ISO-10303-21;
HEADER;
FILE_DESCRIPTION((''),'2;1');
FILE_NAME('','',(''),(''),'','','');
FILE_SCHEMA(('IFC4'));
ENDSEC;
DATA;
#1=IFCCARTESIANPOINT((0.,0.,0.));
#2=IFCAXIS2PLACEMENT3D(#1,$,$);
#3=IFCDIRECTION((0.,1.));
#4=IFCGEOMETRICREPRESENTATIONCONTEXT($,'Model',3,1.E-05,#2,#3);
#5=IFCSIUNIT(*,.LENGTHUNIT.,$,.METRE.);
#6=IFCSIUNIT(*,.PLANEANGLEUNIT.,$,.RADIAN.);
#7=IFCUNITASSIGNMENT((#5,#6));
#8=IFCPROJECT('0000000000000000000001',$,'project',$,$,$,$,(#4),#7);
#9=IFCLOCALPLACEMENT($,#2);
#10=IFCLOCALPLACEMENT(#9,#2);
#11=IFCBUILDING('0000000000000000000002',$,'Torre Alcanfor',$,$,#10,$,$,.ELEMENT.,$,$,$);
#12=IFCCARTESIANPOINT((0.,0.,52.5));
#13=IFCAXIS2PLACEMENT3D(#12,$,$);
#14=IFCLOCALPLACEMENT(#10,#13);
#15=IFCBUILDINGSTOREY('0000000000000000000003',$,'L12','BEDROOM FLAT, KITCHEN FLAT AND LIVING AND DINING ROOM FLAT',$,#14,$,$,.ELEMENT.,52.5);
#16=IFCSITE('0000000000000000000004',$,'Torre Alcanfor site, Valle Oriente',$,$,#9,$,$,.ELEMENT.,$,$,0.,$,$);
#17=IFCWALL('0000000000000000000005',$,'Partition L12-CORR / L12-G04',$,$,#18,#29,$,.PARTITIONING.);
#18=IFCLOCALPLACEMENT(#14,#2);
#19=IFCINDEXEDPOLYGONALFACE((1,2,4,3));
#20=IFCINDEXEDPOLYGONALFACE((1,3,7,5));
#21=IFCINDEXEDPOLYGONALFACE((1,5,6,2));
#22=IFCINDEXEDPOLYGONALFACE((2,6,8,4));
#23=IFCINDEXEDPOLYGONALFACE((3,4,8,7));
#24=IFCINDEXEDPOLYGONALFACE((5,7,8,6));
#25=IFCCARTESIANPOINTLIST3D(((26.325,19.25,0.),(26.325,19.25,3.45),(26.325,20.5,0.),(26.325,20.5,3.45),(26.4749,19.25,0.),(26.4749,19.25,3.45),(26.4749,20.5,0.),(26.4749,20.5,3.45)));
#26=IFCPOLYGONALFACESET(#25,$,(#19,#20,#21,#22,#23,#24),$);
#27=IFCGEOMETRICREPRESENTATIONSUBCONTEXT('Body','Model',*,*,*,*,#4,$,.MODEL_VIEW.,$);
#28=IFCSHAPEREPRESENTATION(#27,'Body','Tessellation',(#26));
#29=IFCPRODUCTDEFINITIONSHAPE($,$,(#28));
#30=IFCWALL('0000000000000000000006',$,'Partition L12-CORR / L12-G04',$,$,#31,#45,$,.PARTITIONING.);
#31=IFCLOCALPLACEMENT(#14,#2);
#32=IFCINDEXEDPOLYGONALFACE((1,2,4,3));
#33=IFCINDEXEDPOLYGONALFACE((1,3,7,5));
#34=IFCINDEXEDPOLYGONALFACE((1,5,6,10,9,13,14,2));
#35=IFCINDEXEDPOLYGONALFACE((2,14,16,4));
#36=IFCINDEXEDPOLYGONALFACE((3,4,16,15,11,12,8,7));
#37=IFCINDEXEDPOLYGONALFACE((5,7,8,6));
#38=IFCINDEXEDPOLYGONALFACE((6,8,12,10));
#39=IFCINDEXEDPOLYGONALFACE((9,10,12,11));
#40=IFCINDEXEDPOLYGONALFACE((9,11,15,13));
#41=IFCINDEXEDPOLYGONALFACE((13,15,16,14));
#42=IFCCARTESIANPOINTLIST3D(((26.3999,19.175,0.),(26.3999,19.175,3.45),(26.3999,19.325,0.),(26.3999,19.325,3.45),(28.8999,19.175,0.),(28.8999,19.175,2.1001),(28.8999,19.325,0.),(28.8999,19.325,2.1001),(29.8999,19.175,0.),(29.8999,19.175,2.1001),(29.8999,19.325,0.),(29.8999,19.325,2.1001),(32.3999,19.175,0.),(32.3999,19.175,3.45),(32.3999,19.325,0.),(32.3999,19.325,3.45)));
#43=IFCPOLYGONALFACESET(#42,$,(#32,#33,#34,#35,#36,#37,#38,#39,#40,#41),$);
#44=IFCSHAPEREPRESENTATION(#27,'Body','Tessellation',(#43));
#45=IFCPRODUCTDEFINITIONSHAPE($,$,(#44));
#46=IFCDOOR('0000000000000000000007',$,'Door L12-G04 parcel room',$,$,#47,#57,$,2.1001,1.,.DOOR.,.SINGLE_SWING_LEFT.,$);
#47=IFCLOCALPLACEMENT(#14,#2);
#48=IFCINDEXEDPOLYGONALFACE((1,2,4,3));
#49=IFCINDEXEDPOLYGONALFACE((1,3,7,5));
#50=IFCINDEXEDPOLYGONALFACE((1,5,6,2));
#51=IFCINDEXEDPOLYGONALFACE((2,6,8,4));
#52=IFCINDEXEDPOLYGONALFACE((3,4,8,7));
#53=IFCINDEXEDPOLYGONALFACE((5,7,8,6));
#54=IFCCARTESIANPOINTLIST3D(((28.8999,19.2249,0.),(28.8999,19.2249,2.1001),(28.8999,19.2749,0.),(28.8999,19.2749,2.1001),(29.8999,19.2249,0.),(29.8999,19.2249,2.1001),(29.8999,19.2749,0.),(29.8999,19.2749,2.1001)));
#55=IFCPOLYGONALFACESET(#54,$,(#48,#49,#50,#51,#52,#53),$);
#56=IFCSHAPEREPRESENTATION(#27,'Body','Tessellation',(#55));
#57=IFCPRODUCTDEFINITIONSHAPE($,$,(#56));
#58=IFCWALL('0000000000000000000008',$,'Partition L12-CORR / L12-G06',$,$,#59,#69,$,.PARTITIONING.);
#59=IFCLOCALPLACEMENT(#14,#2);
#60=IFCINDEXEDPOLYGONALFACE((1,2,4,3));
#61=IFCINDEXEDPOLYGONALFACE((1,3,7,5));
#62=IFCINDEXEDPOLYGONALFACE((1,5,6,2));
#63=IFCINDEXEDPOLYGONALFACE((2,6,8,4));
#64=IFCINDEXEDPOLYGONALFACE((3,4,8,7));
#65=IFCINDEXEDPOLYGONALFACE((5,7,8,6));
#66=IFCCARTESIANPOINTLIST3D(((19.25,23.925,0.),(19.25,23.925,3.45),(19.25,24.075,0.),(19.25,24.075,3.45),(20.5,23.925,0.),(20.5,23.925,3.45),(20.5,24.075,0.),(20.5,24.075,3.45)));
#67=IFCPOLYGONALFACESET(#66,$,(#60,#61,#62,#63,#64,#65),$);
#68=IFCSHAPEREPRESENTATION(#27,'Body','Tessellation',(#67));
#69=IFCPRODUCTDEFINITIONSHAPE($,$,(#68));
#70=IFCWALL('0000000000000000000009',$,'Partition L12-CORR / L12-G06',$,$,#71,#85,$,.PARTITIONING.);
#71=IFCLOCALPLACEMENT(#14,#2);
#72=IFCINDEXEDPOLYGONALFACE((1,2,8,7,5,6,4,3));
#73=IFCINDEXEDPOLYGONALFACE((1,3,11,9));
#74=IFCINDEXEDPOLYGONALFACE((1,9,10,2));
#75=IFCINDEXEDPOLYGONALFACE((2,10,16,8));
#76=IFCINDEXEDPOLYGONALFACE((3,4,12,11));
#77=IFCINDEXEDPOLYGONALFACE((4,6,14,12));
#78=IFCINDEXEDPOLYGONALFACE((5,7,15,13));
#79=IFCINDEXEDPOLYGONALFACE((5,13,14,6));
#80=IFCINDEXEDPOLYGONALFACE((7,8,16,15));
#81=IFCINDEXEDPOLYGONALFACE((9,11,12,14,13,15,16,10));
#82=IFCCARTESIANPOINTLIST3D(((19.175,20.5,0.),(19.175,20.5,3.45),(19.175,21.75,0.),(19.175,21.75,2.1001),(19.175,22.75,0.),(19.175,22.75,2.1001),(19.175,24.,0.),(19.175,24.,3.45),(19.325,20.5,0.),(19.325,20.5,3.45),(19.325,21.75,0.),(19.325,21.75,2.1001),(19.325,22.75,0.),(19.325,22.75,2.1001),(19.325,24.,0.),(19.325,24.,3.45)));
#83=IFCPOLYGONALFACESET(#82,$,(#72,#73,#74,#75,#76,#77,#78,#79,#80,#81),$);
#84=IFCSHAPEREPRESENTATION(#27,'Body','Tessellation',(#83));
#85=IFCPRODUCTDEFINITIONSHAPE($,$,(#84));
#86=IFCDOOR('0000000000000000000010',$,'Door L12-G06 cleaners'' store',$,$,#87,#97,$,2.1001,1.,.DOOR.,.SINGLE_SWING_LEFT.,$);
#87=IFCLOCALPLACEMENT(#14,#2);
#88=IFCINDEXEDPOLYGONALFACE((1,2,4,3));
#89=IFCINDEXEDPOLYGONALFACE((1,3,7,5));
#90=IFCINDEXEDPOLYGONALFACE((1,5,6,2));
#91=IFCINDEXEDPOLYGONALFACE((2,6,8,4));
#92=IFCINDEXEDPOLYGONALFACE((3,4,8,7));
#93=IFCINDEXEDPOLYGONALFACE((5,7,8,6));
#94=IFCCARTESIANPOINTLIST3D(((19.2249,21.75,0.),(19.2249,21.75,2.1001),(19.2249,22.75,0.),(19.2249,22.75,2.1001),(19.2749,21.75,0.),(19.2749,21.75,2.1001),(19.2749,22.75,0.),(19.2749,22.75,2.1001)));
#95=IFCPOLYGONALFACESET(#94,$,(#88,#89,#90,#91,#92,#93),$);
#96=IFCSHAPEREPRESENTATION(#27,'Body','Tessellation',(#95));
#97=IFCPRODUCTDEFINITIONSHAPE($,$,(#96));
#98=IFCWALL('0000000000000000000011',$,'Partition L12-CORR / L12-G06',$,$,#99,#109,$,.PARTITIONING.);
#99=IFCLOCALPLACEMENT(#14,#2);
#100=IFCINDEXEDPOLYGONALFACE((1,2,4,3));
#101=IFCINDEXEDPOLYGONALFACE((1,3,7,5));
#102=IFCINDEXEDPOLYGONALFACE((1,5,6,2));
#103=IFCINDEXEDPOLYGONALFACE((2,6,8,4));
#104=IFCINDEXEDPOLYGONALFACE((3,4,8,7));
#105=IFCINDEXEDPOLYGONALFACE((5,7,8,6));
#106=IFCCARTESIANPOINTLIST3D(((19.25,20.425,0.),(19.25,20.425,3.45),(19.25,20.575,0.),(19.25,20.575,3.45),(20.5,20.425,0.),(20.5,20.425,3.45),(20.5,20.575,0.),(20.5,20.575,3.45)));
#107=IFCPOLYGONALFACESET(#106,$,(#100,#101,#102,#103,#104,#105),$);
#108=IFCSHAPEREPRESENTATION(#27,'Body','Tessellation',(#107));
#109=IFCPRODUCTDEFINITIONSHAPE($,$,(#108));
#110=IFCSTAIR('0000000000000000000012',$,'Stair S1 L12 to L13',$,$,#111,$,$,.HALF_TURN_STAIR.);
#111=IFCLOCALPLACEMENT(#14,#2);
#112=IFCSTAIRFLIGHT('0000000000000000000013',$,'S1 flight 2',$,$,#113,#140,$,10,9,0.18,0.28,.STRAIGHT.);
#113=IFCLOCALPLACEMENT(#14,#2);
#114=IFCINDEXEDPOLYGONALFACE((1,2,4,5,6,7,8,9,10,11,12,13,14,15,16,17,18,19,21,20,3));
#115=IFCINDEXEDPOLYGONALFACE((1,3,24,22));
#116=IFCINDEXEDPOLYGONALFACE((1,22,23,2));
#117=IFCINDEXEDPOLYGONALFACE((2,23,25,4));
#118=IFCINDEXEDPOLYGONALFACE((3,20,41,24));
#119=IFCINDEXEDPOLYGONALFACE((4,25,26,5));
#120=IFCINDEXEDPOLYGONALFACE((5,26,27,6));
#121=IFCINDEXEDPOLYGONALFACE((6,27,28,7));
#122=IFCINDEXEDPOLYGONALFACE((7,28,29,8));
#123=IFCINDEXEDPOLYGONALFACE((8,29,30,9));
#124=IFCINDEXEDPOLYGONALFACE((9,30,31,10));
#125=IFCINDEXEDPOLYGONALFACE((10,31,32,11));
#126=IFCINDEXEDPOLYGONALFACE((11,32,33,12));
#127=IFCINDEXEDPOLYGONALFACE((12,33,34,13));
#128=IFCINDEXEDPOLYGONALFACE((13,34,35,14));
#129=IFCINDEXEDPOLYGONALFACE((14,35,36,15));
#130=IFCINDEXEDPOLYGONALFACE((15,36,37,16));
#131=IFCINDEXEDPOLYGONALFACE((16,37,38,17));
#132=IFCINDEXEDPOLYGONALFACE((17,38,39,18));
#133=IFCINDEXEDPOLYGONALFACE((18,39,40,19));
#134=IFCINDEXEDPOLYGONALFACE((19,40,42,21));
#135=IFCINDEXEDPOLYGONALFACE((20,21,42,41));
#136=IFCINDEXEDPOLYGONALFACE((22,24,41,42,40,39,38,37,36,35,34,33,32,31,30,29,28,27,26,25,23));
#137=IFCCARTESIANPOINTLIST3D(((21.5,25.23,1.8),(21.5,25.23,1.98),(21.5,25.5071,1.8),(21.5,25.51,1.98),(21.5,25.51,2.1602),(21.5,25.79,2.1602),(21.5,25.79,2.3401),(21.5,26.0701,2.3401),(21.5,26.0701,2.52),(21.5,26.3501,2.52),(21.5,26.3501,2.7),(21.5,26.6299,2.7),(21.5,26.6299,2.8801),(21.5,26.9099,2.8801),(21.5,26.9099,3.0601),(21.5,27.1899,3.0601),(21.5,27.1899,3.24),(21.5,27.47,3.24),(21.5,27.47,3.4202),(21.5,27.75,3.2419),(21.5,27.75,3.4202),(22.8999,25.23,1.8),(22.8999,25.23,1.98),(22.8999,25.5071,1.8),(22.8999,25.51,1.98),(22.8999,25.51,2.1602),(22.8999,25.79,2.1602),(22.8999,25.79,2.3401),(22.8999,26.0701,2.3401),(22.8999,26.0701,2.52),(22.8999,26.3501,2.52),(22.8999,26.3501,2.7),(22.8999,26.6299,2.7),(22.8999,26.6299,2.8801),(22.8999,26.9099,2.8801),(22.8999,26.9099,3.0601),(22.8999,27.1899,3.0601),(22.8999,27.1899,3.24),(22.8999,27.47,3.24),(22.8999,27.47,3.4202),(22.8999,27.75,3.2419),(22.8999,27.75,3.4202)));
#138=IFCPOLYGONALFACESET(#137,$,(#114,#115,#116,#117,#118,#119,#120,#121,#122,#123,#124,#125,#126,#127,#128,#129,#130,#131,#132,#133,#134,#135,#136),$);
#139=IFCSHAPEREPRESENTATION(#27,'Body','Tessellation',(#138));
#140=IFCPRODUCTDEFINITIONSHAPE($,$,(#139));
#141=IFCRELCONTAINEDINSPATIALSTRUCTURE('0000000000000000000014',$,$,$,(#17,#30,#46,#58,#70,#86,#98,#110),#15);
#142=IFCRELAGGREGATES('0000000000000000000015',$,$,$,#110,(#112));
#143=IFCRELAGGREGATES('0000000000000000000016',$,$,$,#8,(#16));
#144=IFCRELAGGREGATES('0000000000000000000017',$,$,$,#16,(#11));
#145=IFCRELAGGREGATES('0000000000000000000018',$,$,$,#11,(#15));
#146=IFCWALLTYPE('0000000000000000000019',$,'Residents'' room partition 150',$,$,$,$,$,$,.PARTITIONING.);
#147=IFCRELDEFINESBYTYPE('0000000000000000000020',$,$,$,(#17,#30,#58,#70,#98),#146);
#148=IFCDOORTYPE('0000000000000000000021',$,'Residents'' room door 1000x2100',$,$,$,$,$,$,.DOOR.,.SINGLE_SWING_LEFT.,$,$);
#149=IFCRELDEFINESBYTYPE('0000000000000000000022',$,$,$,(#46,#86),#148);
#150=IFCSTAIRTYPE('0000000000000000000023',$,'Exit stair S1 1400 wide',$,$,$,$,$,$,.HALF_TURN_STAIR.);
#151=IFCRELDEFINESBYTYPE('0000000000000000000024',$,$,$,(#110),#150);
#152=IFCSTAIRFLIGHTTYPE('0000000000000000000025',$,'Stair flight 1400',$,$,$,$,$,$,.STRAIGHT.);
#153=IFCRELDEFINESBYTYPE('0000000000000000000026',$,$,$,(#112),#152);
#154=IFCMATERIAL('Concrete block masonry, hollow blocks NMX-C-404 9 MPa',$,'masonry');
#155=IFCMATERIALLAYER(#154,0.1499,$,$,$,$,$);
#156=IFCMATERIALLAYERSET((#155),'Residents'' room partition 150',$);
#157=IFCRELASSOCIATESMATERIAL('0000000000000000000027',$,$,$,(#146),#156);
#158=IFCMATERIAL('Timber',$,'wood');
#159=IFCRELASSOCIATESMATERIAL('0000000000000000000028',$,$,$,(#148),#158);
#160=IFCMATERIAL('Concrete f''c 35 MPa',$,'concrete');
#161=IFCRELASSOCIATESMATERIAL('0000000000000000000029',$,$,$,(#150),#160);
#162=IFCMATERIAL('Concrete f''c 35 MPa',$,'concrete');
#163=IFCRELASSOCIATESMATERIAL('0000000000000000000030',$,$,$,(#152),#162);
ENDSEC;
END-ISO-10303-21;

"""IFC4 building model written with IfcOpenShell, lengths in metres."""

from ifc_helpers import new_model, si_unit, direction, frame, frame_2d, origin, place, context, subcontext, project, spatial, polyline, rectangle, outline, extrude, material, layer, layer_set, type_object, element, fill, aggregate, save


model = new_model("IFC4")

# Units and contexts
model_context = context("Model", 3, precision=1e-05, world=origin(), true_north=direction((0.0, 1.0)))
body_context = subcontext(model_context, "Body", "Model", "MODEL_VIEW")
ifc_project = project(units=[si_unit("LENGTHUNIT", "METRE"), si_unit("PLANEANGLEUNIT", "RADIAN")], contexts=[model_context])

# Site, building, storey
site_placement = place(None, origin())
site = spatial("IfcSite", under=ifc_project, at=site_placement, Name="Torre Alcanfor site, Valle Oriente", CompositionType="ELEMENT", RefElevation=0.0)
building_placement = place(site_placement, origin())
building = spatial("IfcBuilding", under=site, at=building_placement, Name="Torre Alcanfor", CompositionType="ELEMENT")
storey_placement = place(building_placement, frame((0.0, 0.0, 52.5)))
storey = spatial("IfcBuildingStorey", under=building, at=storey_placement, Name="L12", Description="BEDROOM FLAT, KITCHEN FLAT AND LIVING AND DINING ROOM FLAT", CompositionType="ELEMENT", Elevation=52.5)

# Wall
ifc_material_1 = material(Name="Concrete block masonry, hollow blocks NMX-C-404 9 MPa", Category="masonry")
ifc_layer_1 = layer(ifc_material_1, 0.1499)
ifc_layer_set_1 = layer_set([ifc_layer_1], Name="Residents' room partition 150")
wall_type_1 = type_object("IfcWallType", Name="Residents' room partition 150", PredefinedType="PARTITIONING", material=ifc_layer_set_1)
wall_1_placement = place(storey_placement, frame((26.3999, 20.5, 0.0), z_axis=(0.0, 0.0, 1.0), x_axis=(0.0, -1.0, 0.0)))
element("IfcWall", 1, at=wall_1_placement, inside=storey, type_object=wall_type_1, Name="Partition L12-CORR / L12-G04", PredefinedType="PARTITIONING", context=body_context, shape_type="SweptSolid", body=[
    extrude(rectangle(XDim=1.25, YDim=0.1499, at=frame_2d((0.625, 0.0))), origin(), (0.0, 0.0, 1.0), 3.45),
])

# Wall, opening, door
wall_2_placement = place(storey_placement, frame((26.3999, 19.25, 0.0), z_axis=(0.0, 0.0, 1.0), x_axis=(1.0, 0.0, 0.0)))
wall_2 = element("IfcWall", 2, at=wall_2_placement, inside=storey, type_object=wall_type_1, Name="Partition L12-CORR / L12-G04", PredefinedType="PARTITIONING", context=body_context, shape_type="SweptSolid", body=[
    extrude(rectangle(XDim=6.0, YDim=0.1499, at=frame_2d((3.0, 0.0))), origin(), (0.0, 0.0, 1.0), 3.45),
])
opening_1_placement = place(wall_2_placement, frame((2.5, 0.0, 0.0)))
opening_1 = element("IfcOpeningElement", 3, at=opening_1_placement, cuts=wall_2, PredefinedType="OPENING", context=body_context, shape_type="SweptSolid", body=[
    extrude(rectangle(XDim=1.0, YDim=2.1001, at=frame_2d((0.5, 1.05))), frame((0.0, 0.085, 0.0), z_axis=(0.0, -1.0, 0.0), x_axis=(1.0, 0.0, 0.0)), (0.0, 0.0, 1.0), 0.1699),
])
ifc_material_2 = material(Name="Timber", Category="wood")
door_type_1 = type_object("IfcDoorType", Name="Residents' room door 1000x2100", OperationType="SINGLE_SWING_LEFT", PredefinedType="DOOR", material=ifc_material_2)
door_1_placement = place(opening_1_placement, origin())
door_1 = element("IfcDoor", 4, at=door_1_placement, inside=storey, type_object=door_type_1, Name="Door L12-G04 parcel room", OperationType="SINGLE_SWING_LEFT", OverallHeight=2.1001, OverallWidth=1.0, PredefinedType="DOOR", context=body_context, shape_type="SweptSolid", body=[
    extrude(rectangle(XDim=1.0, YDim=2.1001, at=frame_2d((0.5, 1.05))), frame((0.0, 0.0249, 0.0), z_axis=(0.0, -1.0, 0.0), x_axis=(1.0, 0.0, 0.0)), (0.0, 0.0, 1.0), 0.05),
])
fill(opening_1, door_1)

# Wall
wall_3_placement = place(storey_placement, frame((20.5, 24.0, 0.0), z_axis=(0.0, 0.0, 1.0), x_axis=(-1.0, 0.0, 0.0)))
element("IfcWall", 5, at=wall_3_placement, inside=storey, type_object=wall_type_1, Name="Partition L12-CORR / L12-G06", PredefinedType="PARTITIONING", context=body_context, shape_type="SweptSolid", body=[
    extrude(rectangle(XDim=1.25, YDim=0.1499, at=frame_2d((0.625, 0.0))), origin(), (0.0, 0.0, 1.0), 3.45),
])

# Wall, opening, door
wall_4_placement = place(storey_placement, frame((19.25, 24.0, 0.0), z_axis=(0.0, 0.0, 1.0), x_axis=(0.0, -1.0, 0.0)))
wall_4 = element("IfcWall", 6, at=wall_4_placement, inside=storey, type_object=wall_type_1, Name="Partition L12-CORR / L12-G06", PredefinedType="PARTITIONING", context=body_context, shape_type="SweptSolid", body=[
    extrude(rectangle(XDim=3.5, YDim=0.1499, at=frame_2d((1.75, 0.0))), origin(), (0.0, 0.0, 1.0), 3.45),
])
opening_2_placement = place(wall_4_placement, frame((1.25, 0.0, 0.0)))
opening_2 = element("IfcOpeningElement", 7, at=opening_2_placement, cuts=wall_4, PredefinedType="OPENING", context=body_context, shape_type="SweptSolid", body=[
    extrude(rectangle(XDim=1.0, YDim=2.1001, at=frame_2d((0.5, 1.05))), frame((0.0, 0.085, 0.0), z_axis=(0.0, -1.0, 0.0), x_axis=(1.0, 0.0, 0.0)), (0.0, 0.0, 1.0), 0.1699),
])
door_2_placement = place(opening_2_placement, origin())
door_2 = element("IfcDoor", 8, at=door_2_placement, inside=storey, type_object=door_type_1, Name="Door L12-G06 cleaners' store", OperationType="SINGLE_SWING_LEFT", OverallHeight=2.1001, OverallWidth=1.0, PredefinedType="DOOR", context=body_context, shape_type="SweptSolid", body=[
    extrude(rectangle(XDim=1.0, YDim=2.1001, at=frame_2d((0.5, 1.05))), frame((0.0, 0.0249, 0.0), z_axis=(0.0, -1.0, 0.0), x_axis=(1.0, 0.0, 0.0)), (0.0, 0.0, 1.0), 0.05),
])
fill(opening_2, door_2)

# Wall
wall_5_placement = place(storey_placement, frame((19.25, 20.5, 0.0), z_axis=(0.0, 0.0, 1.0), x_axis=(1.0, 0.0, 0.0)))
element("IfcWall", 9, at=wall_5_placement, inside=storey, type_object=wall_type_1, Name="Partition L12-CORR / L12-G06", PredefinedType="PARTITIONING", context=body_context, shape_type="SweptSolid", body=[
    extrude(rectangle(XDim=1.25, YDim=0.1499, at=frame_2d((0.625, 0.0))), origin(), (0.0, 0.0, 1.0), 3.45),
])

# Stair, stair flight
ifc_material_3 = material(Name="Concrete f'c 35 MPa", Category="concrete")
stair_type = type_object("IfcStairType", Name="Exit stair S1 1400 wide", PredefinedType="HALF_TURN_STAIR", material=ifc_material_3)
stair_placement = place(storey_placement, origin())
stair = element("IfcStair", 10, at=stair_placement, inside=storey, type_object=stair_type, Name="Stair S1 L12 to L13", PredefinedType="HALF_TURN_STAIR")
ifc_material_4 = material(Name="Concrete f'c 35 MPa", Category="concrete")
stair_flight_type = type_object("IfcStairFlightType", Name="Stair flight 1400", PredefinedType="STRAIGHT", material=ifc_material_4)
stair_flight_placement = place(storey_placement, frame((22.2, 25.23, 1.8), z_axis=(0.0, 0.0, 1.0), x_axis=(0.0, 1.0, 0.0)))
stair_flight = element("IfcStairFlight", 11, at=stair_flight_placement, type_object=stair_flight_type, Name="S1 flight 2", NumberOfRisers=10, NumberOfTreads=9, PredefinedType="STRAIGHT", RiserHeight=0.18, TreadLength=0.28, context=body_context, shape_type="SweptSolid", body=[
    extrude(outline(polyline([(0.0, 0.0), (0.0, 0.1799), (0.28, 0.1799), (0.28, 0.3601), (0.5601, 0.3601), (0.5601, 0.54), (0.8401, 0.54), (0.8401, 0.72), (1.1201, 0.72), (1.1201, 0.8999), (1.3999, 0.8999), (1.3999, 1.0801), (1.6799, 1.0801), (1.6799, 1.26), (1.96, 1.26), (1.96, 1.4399), (2.24, 1.4399), (2.24, 1.6201), (2.52, 1.6201), (2.52, 1.8), (2.52, 1.4419), (0.2771, 0.0), (0.0, 0.0)])), frame((0.0, 0.7, 0.0), z_axis=(0.0, -1.0, 0.0), x_axis=(1.0, 0.0, 0.0)), (0.0, 0.0, 1.0), 1.3999),
])
aggregate(stair, [stair_flight])

save(model, "model.ifc")
